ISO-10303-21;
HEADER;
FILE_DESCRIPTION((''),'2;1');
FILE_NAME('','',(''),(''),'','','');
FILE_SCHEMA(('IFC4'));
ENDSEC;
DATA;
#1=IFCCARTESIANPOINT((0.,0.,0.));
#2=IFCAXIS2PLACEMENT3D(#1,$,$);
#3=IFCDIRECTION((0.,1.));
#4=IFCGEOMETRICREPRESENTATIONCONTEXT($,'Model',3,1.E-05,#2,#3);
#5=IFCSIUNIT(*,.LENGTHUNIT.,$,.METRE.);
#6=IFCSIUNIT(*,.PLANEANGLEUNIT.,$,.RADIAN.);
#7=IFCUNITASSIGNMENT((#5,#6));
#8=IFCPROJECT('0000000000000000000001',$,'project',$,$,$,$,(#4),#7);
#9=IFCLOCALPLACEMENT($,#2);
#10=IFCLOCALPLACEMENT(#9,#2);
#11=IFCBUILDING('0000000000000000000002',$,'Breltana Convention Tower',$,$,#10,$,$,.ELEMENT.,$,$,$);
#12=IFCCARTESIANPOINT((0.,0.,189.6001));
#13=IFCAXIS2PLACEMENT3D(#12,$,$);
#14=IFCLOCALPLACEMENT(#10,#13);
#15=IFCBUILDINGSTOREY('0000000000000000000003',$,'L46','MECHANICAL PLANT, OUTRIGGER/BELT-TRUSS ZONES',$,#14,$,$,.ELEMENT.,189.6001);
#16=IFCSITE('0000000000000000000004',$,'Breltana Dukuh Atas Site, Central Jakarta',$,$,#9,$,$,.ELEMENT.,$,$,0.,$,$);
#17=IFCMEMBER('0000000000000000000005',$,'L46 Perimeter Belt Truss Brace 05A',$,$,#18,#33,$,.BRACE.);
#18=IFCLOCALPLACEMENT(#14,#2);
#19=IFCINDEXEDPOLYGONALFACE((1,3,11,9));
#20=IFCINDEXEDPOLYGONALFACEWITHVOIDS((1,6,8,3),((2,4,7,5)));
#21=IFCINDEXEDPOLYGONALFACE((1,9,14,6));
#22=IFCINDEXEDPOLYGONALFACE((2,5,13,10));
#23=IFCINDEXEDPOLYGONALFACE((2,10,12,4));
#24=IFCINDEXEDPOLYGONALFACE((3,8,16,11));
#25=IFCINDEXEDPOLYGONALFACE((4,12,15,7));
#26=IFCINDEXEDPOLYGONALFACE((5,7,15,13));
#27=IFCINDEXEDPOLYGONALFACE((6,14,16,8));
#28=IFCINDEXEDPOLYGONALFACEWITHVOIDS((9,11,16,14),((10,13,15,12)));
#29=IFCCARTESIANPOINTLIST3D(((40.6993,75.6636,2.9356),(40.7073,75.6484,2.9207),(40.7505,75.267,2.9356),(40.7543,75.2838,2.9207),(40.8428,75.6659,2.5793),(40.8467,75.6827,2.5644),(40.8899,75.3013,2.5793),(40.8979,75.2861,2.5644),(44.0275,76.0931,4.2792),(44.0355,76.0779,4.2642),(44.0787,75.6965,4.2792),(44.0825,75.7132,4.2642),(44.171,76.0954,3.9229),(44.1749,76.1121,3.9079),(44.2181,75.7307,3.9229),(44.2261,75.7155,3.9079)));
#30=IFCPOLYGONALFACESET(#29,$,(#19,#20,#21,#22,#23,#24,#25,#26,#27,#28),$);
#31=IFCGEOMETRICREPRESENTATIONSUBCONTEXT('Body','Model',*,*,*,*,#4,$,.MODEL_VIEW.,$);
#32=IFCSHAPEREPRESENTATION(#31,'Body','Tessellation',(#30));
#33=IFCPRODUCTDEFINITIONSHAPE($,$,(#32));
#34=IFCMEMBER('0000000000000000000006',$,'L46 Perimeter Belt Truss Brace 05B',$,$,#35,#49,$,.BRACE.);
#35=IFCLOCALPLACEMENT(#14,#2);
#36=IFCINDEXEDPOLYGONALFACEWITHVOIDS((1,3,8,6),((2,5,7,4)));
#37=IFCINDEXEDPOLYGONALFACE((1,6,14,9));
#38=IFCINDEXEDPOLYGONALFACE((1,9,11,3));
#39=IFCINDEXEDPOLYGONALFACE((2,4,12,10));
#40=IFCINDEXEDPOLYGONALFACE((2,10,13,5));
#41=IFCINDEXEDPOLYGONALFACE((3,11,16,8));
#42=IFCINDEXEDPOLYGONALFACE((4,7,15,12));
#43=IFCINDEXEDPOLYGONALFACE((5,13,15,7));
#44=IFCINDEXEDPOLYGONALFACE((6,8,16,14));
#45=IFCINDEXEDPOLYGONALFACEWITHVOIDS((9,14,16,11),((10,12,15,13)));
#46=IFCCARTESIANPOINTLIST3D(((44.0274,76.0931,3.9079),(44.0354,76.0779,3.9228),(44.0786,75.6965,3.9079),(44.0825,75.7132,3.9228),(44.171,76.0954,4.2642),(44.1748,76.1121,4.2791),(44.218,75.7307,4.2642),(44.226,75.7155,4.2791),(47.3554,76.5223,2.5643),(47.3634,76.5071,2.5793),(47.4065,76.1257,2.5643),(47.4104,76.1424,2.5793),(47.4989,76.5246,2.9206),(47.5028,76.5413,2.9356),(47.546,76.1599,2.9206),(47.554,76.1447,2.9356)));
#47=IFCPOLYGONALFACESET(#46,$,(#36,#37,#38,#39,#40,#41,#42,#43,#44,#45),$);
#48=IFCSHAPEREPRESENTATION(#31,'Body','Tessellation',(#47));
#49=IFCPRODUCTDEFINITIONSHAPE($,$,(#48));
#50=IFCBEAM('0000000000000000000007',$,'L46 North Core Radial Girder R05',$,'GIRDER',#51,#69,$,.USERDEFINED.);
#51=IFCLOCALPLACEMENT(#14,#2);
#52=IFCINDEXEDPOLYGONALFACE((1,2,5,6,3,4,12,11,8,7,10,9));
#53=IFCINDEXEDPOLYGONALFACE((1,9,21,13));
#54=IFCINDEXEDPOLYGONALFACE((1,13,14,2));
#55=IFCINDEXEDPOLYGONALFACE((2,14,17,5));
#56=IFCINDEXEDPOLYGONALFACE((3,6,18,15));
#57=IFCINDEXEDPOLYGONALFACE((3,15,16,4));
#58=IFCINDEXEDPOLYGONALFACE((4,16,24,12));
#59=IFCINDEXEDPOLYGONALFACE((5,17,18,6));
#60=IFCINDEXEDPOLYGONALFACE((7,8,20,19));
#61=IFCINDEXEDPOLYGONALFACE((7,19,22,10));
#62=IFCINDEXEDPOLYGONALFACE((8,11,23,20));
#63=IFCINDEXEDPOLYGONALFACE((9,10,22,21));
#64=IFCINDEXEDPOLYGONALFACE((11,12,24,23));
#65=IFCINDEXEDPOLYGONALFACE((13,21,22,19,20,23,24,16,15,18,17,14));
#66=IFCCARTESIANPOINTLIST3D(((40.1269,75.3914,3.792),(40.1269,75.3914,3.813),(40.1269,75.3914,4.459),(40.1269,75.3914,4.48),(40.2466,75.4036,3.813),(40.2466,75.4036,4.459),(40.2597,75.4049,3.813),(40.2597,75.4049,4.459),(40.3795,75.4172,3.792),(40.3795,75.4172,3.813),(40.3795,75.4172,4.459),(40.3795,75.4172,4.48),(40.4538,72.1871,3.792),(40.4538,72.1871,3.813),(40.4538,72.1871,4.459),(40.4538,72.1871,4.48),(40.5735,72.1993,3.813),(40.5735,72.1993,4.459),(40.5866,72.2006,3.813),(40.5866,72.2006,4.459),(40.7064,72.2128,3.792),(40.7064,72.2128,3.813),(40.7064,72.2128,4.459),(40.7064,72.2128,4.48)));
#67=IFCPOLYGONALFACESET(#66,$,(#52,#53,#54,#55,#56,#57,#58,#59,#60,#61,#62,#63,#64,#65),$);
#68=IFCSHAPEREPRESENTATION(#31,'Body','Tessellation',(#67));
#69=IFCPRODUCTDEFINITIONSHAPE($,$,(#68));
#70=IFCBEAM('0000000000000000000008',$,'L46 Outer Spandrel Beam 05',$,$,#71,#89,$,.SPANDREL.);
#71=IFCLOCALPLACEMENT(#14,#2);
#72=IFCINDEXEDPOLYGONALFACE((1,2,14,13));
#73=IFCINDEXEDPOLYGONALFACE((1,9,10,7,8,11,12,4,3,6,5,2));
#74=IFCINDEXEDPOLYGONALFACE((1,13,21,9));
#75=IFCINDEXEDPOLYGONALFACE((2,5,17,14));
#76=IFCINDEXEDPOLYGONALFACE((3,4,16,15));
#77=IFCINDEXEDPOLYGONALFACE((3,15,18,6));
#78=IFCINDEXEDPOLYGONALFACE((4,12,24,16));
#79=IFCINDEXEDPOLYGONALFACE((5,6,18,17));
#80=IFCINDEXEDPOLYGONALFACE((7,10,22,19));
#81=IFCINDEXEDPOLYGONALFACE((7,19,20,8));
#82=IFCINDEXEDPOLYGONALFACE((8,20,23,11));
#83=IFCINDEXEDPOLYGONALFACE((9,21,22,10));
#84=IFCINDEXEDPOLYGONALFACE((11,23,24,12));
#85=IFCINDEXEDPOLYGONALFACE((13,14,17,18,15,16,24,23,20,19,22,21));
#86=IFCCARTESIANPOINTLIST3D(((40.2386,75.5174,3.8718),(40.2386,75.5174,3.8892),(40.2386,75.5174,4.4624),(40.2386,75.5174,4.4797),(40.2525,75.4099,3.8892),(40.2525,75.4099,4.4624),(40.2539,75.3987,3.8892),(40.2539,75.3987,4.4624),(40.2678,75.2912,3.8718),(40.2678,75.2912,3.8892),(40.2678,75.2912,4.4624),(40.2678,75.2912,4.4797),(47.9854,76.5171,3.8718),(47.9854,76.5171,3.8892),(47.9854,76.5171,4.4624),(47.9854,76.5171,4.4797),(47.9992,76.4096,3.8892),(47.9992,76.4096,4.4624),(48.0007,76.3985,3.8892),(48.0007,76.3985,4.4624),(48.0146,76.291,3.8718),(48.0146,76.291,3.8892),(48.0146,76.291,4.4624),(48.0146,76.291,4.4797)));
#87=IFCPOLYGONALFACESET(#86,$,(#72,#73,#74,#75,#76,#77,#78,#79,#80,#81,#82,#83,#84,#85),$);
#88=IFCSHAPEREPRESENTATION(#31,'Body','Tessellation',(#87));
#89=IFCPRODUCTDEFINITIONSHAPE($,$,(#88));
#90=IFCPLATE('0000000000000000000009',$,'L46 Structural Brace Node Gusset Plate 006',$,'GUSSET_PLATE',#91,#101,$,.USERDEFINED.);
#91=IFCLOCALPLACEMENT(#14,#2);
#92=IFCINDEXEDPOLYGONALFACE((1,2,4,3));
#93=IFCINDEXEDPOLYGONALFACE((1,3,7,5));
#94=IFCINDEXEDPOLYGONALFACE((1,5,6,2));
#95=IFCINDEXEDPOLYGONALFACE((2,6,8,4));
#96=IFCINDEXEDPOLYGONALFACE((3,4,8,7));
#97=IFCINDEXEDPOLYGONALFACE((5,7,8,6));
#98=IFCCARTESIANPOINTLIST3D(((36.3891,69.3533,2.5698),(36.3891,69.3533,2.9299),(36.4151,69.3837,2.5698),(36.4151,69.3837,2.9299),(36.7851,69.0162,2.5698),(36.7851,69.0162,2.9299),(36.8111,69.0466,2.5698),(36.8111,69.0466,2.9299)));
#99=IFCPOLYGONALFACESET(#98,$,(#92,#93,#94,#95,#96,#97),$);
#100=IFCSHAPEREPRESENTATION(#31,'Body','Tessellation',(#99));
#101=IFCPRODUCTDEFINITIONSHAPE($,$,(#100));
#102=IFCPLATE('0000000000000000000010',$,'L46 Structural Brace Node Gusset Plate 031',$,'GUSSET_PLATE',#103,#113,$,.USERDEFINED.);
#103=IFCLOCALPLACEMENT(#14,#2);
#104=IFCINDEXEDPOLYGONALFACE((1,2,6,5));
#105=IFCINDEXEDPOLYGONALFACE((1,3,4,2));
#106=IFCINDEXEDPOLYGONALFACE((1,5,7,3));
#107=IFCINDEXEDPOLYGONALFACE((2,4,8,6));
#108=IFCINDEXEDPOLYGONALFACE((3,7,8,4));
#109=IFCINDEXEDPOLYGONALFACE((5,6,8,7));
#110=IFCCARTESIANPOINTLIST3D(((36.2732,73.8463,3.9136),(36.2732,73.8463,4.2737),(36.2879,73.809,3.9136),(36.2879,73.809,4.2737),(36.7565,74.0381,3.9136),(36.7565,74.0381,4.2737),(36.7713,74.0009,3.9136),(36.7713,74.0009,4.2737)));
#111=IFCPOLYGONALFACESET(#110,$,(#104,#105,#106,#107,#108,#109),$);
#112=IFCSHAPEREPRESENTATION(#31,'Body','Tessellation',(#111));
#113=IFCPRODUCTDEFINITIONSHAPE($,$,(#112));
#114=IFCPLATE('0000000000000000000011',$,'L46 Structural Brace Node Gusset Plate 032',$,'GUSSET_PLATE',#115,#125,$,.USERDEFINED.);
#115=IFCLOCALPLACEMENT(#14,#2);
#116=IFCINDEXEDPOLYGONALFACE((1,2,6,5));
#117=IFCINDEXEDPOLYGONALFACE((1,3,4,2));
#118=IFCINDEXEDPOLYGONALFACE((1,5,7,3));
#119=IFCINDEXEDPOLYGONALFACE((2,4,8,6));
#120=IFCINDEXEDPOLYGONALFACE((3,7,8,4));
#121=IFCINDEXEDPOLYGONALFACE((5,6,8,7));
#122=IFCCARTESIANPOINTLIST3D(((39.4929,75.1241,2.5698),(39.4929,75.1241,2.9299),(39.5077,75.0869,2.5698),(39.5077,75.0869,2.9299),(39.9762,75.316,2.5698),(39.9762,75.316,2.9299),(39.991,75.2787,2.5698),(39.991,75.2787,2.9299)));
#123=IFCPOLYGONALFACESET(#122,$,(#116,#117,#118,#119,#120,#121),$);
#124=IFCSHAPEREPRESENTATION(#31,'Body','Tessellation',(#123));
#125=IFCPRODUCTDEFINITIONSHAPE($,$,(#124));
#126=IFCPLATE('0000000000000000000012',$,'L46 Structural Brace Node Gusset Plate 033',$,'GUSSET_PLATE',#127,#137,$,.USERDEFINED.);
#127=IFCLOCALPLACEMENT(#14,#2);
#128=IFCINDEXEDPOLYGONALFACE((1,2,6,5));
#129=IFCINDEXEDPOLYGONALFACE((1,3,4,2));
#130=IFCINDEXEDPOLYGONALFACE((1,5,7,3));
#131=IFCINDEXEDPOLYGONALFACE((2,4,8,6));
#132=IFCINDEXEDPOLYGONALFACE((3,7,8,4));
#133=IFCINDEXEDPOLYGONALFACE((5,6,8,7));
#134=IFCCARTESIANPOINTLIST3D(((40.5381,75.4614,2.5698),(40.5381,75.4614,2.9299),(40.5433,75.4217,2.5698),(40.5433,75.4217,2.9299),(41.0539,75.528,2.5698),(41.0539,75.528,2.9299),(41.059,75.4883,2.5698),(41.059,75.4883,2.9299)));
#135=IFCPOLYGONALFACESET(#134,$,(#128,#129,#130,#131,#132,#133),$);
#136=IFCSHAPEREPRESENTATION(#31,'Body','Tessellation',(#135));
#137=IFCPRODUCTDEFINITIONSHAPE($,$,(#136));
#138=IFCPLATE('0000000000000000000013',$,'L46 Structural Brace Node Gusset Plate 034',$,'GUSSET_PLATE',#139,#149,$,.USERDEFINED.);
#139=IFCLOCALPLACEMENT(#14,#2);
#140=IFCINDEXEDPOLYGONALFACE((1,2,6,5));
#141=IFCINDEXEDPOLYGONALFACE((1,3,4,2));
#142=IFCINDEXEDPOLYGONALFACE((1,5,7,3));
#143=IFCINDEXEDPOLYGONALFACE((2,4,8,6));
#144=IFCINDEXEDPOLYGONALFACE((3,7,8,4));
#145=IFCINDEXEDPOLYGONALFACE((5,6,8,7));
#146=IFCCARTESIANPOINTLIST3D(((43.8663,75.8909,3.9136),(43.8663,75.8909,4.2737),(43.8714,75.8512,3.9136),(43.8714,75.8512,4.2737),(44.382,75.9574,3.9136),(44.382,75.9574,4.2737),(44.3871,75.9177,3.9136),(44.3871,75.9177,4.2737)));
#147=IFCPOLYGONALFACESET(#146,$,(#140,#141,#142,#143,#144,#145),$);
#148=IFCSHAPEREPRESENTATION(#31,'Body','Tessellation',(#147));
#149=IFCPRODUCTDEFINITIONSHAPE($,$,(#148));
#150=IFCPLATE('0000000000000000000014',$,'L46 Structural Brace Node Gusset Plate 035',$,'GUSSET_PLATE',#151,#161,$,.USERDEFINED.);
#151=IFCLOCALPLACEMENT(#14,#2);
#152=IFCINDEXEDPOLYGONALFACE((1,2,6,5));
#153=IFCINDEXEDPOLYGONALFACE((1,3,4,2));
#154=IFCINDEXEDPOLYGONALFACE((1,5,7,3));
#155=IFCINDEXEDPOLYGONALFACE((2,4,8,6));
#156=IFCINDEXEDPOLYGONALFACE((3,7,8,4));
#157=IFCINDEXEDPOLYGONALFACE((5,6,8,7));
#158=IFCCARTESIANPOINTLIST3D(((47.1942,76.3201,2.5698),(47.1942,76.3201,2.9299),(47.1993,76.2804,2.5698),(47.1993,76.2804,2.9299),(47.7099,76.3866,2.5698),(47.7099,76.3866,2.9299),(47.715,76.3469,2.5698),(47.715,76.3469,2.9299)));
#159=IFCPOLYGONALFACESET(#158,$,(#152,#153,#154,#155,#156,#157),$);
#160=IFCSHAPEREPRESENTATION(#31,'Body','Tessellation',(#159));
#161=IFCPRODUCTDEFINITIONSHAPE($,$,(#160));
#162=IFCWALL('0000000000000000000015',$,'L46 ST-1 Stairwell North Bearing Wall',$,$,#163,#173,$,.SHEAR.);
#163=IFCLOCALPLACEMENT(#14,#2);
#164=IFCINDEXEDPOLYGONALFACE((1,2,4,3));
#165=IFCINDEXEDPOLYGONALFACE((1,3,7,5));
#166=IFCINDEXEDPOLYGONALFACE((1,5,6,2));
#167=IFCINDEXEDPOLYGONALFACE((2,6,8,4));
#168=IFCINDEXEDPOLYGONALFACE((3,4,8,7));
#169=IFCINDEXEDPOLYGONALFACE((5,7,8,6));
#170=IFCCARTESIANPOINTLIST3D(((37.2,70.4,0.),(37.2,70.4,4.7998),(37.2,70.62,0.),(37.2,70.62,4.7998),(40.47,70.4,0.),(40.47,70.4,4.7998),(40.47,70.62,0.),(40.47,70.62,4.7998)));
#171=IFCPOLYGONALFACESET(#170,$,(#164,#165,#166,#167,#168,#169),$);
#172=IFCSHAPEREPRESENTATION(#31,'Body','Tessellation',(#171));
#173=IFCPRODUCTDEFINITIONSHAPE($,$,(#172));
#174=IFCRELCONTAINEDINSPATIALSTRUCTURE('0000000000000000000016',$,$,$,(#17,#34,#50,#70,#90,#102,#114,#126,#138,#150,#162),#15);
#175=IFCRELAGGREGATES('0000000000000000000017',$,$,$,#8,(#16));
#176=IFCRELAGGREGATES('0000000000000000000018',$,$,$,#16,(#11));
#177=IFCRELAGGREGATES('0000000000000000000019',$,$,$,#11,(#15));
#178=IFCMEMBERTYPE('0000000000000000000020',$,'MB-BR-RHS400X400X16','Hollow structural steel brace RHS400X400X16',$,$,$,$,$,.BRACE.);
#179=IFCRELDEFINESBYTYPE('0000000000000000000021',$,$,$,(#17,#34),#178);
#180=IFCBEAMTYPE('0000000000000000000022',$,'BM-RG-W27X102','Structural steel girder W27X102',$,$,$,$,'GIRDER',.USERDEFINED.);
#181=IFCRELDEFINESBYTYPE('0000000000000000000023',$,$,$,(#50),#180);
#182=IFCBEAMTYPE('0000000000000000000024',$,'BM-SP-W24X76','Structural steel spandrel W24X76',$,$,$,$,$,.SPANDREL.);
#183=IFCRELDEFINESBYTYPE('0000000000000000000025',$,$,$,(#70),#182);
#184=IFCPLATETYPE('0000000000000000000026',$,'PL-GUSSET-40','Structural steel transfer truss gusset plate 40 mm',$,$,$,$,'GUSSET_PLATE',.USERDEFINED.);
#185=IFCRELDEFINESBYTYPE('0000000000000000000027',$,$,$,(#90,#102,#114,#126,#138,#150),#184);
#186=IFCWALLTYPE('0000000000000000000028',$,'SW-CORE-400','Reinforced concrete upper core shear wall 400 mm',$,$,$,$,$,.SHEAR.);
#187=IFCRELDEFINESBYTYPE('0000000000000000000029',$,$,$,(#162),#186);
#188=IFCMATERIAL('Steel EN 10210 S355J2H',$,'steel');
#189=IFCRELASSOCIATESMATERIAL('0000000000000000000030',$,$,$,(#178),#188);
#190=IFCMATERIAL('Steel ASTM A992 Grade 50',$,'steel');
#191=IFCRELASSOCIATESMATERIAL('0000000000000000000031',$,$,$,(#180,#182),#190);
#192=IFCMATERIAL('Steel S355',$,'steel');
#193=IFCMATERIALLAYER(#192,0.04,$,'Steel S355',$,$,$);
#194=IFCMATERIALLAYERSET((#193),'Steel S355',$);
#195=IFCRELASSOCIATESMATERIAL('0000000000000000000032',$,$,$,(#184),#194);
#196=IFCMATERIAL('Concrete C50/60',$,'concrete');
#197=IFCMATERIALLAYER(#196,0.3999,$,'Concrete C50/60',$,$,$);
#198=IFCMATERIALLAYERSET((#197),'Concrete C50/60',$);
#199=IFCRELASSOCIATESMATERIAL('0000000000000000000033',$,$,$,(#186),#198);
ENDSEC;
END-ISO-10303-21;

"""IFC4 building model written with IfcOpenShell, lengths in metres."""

from ifc_helpers import new_model, si_unit, direction, frame, frame_2d, origin, origin_2d, place, context, subcontext, project, spatial, rectangle, hollow_rectangle, i_section, extrude, source, transform, mapped, material, layer, layer_set, material_profile, profile_set, type_object, element, save


model = new_model("IFC4")

# Units and contexts
model_context = context("Model", 3, precision=1e-05, world=origin(), true_north=direction((0.0, 1.0)))
body_context = subcontext(model_context, "Body", "Model", "MODEL_VIEW")
ifc_project = project(units=[si_unit("LENGTHUNIT", "METRE"), si_unit("PLANEANGLEUNIT", "RADIAN")], contexts=[model_context])

# Site, building, storey
site_placement = place(None, origin())
site = spatial("IfcSite", under=ifc_project, at=site_placement, Name="Breltana Dukuh Atas Site, Central Jakarta", CompositionType="ELEMENT", RefElevation=0.0)
building_placement = place(site_placement, origin())
building = spatial("IfcBuilding", under=site, at=building_placement, Name="Breltana Convention Tower", CompositionType="ELEMENT")
storey_placement = place(building_placement, frame((0.0, 0.0, 189.6001)))
storey = spatial("IfcBuildingStorey", under=building, at=storey_placement, Name="L46", Description="MECHANICAL PLANT, OUTRIGGER/BELT-TRUSS ZONES", CompositionType="ELEMENT", Elevation=189.6001)

# Shared definitions
ifc_material_1 = material(Name="Steel EN 10210 S355J2H", Category="steel")

# Shared definitions
ifc_material_2 = material(Name="Steel ASTM A992 Grade 50", Category="steel")

# Members
ifc_material_profile_1 = material_profile(ifc_material_1, hollow_rectangle(XDim=0.3999, YDim=0.3999, WallThickness=0.0161, at=origin_2d()), Name="RHS400X400X16")
ifc_profile_set_1 = profile_set([ifc_material_profile_1], Name="Steel EN 10210 S355J2H")
member_type_1 = type_object("IfcMemberType", Name="MB-BR-RHS400X400X16", Description="Hollow structural steel brace RHS400X400X16", PredefinedType="BRACE", material=ifc_profile_set_1)
shared_shape_1 = source(origin(), body_context, "Body", "SweptSolid", [
    extrude(hollow_rectangle(XDim=0.3999, YDim=0.3999, WallThickness=0.0161, at=origin_2d()), origin(), (0.0, 0.0, 1.0), 3.6147),
])
member_1_placement = place(storey_placement, frame((40.7986, 75.4749, 2.75), z_axis=(0.920727, 0.118806, 0.371681), x_axis=(-0.127974, 0.991778, 0.0)))
element("IfcMember", 1, at=member_1_placement, inside=storey, type_object=member_type_1, Name="L46 Perimeter Belt Truss Brace 05A", PredefinedType="BRACE", context=body_context, shape_type="MappedRepresentation", body=[
    mapped(shared_shape_1, transform((0.0, 0.0, 0.0), scale=1.0)),
])
shared_shape_2 = source(origin(), body_context, "Body", "SweptSolid", [
    extrude(hollow_rectangle(XDim=0.3999, YDim=0.3999, WallThickness=0.0161, at=origin_2d()), origin(), (0.0, 0.0, 1.0), 3.6145),
])
member_2_placement = place(storey_placement, frame((44.1267, 75.9043, 4.0935), z_axis=(0.920724, 0.118746, -0.371707), x_axis=(-0.127911, 0.991786, 0.0)))
element("IfcMember", 2, at=member_2_placement, inside=storey, type_object=member_type_1, Name="L46 Perimeter Belt Truss Brace 05B", PredefinedType="BRACE", context=body_context, shape_type="MappedRepresentation", body=[
    mapped(shared_shape_2, transform((0.0, 0.0, 0.0), scale=1.0)),
])

# Beams
ifc_material_profile_2 = material_profile(ifc_material_2, i_section(OverallWidth=0.2539, OverallDepth=0.688, WebThickness=0.0132, FlangeThickness=0.021, at=origin_2d()), Name="W27X102")
ifc_profile_set_2 = profile_set([ifc_material_profile_2], Name="Steel ASTM A992 Grade 50")
beam_type_1 = type_object("IfcBeamType", Name="BM-RG-W27X102", Description="Structural steel girder W27X102", ElementType="GIRDER", PredefinedType="USERDEFINED", material=ifc_profile_set_2)
shared_shape_3 = source(origin(), body_context, "Body", "SweptSolid", [
    extrude(i_section(OverallWidth=0.2539, OverallDepth=0.688, WebThickness=0.0132, FlangeThickness=0.021, at=origin_2d()), origin(), (0.0, 0.0, 1.0), 3.2209),
])
beam_1_placement = place(storey_placement, frame((40.5801, 72.2, 4.136), z_axis=(-0.101492, 0.994836, 0.0), x_axis=(-0.994836, -0.101492, 0.0)))
element("IfcBeam", 3, at=beam_1_placement, inside=storey, type_object=beam_type_1, Name="L46 North Core Radial Girder R05", ObjectType="GIRDER", PredefinedType="USERDEFINED", context=body_context, shape_type="MappedRepresentation", body=[
    mapped(shared_shape_3, transform((0.0, 0.0, 0.0), scale=1.0)),
])
ifc_material_profile_3 = material_profile(ifc_material_2, i_section(OverallWidth=0.228, OverallDepth=0.6079, WebThickness=0.0112, FlangeThickness=0.0173, at=origin_2d()), Name="W24X76")
ifc_profile_set_3 = profile_set([ifc_material_profile_3], Name="Steel ASTM A992 Grade 50")
beam_type_2 = type_object("IfcBeamType", Name="BM-SP-W24X76", Description="Structural steel spandrel W24X76", PredefinedType="SPANDREL", material=ifc_profile_set_3)
shared_shape_4 = source(origin(), body_context, "Body", "SweptSolid", [
    extrude(i_section(OverallWidth=0.228, OverallDepth=0.6079, WebThickness=0.0112, FlangeThickness=0.0173, at=origin_2d()), origin(), (0.0, 0.0, 1.0), 7.811),
])
beam_2_placement = place(storey_placement, frame((40.2532, 75.4043, 4.1758), z_axis=(0.991775, 0.127992, 0.0), x_axis=(-0.127992, 0.991775, 0.0)))
element("IfcBeam", 4, at=beam_2_placement, inside=storey, type_object=beam_type_2, Name="L46 Outer Spandrel Beam 05", PredefinedType="SPANDREL", context=body_context, shape_type="MappedRepresentation", body=[
    mapped(shared_shape_4, transform((0.0, 0.0, 0.0), scale=1.0)),
])

# Plates
ifc_material_3 = material(Name="Steel S355", Category="steel")
ifc_layer_1 = layer(ifc_material_3, 0.04, Name="Steel S355")
ifc_layer_set_1 = layer_set([ifc_layer_1], Name="Steel S355")
plate_type = type_object("IfcPlateType", Name="PL-GUSSET-40", Description="Structural steel transfer truss gusset plate 40 mm", ElementType="GUSSET_PLATE", PredefinedType="USERDEFINED", material=ifc_layer_set_1)
shared_shape_5 = source(origin(), body_context, "Body", "SweptSolid", [
    extrude(rectangle(XDim=0.52, YDim=0.04, at=origin_2d()), origin(), (0.0, 0.0, 1.0), 0.3601),
])
for number, where, z_axis, x_axis, name in (
    (5, (36.6001, 69.2, 2.5698), (0.0, 0.0, 1.0), (-0.761425, 0.648253, 0.0), "L46 Structural Brace Node Gusset Plate 006"),
    (6, (36.5222, 73.9236, 3.9136), (0.0, 0.0, 1.0), (0.929455, 0.368936, 0.0), "L46 Structural Brace Node Gusset Plate 031"),
    (7, (39.7419, 75.2014, 2.5698), (0.0, 0.0, 1.0), (0.929455, 0.368936, 0.0), "L46 Structural Brace Node Gusset Plate 032"),
    (8, (40.7986, 75.4749, 2.5698), (0.0, 0.0, 1.0), (0.991783, 0.12793, 0.0), "L46 Structural Brace Node Gusset Plate 033"),
    (9, (44.1267, 75.9043, 3.9136), (0.0, 0.0, 1.0), (0.991783, 0.12793, 0.0), "L46 Structural Brace Node Gusset Plate 034"),
    (10, (47.4546, 76.3335, 2.5698), (0.0, 0.0, 1.0), (0.991783, 0.12793, 0.0), "L46 Structural Brace Node Gusset Plate 035"),
):
    element("IfcPlate", number, at=place(storey_placement, frame(where, z_axis=z_axis, x_axis=x_axis)), inside=storey, type_object=plate_type, Name=name, ObjectType="GUSSET_PLATE", PredefinedType="USERDEFINED", context=body_context, shape_type="MappedRepresentation", body=[
        mapped(shared_shape_5, transform((0.0, 0.0, 0.0), scale=1.0)),
    ])

# Wall
ifc_material_4 = material(Name="Concrete C50/60", Category="concrete")
ifc_layer_2 = layer(ifc_material_4, 0.3999, Name="Concrete C50/60")
ifc_layer_set_2 = layer_set([ifc_layer_2], Name="Concrete C50/60")
wall_type_1 = type_object("IfcWallType", Name="SW-CORE-400", Description="Reinforced concrete upper core shear wall 400 mm", PredefinedType="SHEAR", material=ifc_layer_set_2)
shared_shape_6 = source(origin(), body_context, "Body", "SweptSolid", [
    extrude(rectangle(XDim=3.27, YDim=0.22, at=frame_2d((1.635, 0.0))), origin(), (0.0, 0.0, 1.0), 4.7998),
])
wall_1_placement = place(storey_placement, frame((37.2, 70.51, 0.0), z_axis=(0.0, 0.0, 1.0), x_axis=(1.0, 0.0, 0.0)))
element("IfcWall", 11, at=wall_1_placement, inside=storey, type_object=wall_type_1, Name="L46 ST-1 Stairwell North Bearing Wall", PredefinedType="SHEAR", context=body_context, shape_type="MappedRepresentation", body=[
    mapped(shared_shape_6, transform((0.0, 0.0, 0.0), scale=1.0)),
])

save(model, "model.ifc")
